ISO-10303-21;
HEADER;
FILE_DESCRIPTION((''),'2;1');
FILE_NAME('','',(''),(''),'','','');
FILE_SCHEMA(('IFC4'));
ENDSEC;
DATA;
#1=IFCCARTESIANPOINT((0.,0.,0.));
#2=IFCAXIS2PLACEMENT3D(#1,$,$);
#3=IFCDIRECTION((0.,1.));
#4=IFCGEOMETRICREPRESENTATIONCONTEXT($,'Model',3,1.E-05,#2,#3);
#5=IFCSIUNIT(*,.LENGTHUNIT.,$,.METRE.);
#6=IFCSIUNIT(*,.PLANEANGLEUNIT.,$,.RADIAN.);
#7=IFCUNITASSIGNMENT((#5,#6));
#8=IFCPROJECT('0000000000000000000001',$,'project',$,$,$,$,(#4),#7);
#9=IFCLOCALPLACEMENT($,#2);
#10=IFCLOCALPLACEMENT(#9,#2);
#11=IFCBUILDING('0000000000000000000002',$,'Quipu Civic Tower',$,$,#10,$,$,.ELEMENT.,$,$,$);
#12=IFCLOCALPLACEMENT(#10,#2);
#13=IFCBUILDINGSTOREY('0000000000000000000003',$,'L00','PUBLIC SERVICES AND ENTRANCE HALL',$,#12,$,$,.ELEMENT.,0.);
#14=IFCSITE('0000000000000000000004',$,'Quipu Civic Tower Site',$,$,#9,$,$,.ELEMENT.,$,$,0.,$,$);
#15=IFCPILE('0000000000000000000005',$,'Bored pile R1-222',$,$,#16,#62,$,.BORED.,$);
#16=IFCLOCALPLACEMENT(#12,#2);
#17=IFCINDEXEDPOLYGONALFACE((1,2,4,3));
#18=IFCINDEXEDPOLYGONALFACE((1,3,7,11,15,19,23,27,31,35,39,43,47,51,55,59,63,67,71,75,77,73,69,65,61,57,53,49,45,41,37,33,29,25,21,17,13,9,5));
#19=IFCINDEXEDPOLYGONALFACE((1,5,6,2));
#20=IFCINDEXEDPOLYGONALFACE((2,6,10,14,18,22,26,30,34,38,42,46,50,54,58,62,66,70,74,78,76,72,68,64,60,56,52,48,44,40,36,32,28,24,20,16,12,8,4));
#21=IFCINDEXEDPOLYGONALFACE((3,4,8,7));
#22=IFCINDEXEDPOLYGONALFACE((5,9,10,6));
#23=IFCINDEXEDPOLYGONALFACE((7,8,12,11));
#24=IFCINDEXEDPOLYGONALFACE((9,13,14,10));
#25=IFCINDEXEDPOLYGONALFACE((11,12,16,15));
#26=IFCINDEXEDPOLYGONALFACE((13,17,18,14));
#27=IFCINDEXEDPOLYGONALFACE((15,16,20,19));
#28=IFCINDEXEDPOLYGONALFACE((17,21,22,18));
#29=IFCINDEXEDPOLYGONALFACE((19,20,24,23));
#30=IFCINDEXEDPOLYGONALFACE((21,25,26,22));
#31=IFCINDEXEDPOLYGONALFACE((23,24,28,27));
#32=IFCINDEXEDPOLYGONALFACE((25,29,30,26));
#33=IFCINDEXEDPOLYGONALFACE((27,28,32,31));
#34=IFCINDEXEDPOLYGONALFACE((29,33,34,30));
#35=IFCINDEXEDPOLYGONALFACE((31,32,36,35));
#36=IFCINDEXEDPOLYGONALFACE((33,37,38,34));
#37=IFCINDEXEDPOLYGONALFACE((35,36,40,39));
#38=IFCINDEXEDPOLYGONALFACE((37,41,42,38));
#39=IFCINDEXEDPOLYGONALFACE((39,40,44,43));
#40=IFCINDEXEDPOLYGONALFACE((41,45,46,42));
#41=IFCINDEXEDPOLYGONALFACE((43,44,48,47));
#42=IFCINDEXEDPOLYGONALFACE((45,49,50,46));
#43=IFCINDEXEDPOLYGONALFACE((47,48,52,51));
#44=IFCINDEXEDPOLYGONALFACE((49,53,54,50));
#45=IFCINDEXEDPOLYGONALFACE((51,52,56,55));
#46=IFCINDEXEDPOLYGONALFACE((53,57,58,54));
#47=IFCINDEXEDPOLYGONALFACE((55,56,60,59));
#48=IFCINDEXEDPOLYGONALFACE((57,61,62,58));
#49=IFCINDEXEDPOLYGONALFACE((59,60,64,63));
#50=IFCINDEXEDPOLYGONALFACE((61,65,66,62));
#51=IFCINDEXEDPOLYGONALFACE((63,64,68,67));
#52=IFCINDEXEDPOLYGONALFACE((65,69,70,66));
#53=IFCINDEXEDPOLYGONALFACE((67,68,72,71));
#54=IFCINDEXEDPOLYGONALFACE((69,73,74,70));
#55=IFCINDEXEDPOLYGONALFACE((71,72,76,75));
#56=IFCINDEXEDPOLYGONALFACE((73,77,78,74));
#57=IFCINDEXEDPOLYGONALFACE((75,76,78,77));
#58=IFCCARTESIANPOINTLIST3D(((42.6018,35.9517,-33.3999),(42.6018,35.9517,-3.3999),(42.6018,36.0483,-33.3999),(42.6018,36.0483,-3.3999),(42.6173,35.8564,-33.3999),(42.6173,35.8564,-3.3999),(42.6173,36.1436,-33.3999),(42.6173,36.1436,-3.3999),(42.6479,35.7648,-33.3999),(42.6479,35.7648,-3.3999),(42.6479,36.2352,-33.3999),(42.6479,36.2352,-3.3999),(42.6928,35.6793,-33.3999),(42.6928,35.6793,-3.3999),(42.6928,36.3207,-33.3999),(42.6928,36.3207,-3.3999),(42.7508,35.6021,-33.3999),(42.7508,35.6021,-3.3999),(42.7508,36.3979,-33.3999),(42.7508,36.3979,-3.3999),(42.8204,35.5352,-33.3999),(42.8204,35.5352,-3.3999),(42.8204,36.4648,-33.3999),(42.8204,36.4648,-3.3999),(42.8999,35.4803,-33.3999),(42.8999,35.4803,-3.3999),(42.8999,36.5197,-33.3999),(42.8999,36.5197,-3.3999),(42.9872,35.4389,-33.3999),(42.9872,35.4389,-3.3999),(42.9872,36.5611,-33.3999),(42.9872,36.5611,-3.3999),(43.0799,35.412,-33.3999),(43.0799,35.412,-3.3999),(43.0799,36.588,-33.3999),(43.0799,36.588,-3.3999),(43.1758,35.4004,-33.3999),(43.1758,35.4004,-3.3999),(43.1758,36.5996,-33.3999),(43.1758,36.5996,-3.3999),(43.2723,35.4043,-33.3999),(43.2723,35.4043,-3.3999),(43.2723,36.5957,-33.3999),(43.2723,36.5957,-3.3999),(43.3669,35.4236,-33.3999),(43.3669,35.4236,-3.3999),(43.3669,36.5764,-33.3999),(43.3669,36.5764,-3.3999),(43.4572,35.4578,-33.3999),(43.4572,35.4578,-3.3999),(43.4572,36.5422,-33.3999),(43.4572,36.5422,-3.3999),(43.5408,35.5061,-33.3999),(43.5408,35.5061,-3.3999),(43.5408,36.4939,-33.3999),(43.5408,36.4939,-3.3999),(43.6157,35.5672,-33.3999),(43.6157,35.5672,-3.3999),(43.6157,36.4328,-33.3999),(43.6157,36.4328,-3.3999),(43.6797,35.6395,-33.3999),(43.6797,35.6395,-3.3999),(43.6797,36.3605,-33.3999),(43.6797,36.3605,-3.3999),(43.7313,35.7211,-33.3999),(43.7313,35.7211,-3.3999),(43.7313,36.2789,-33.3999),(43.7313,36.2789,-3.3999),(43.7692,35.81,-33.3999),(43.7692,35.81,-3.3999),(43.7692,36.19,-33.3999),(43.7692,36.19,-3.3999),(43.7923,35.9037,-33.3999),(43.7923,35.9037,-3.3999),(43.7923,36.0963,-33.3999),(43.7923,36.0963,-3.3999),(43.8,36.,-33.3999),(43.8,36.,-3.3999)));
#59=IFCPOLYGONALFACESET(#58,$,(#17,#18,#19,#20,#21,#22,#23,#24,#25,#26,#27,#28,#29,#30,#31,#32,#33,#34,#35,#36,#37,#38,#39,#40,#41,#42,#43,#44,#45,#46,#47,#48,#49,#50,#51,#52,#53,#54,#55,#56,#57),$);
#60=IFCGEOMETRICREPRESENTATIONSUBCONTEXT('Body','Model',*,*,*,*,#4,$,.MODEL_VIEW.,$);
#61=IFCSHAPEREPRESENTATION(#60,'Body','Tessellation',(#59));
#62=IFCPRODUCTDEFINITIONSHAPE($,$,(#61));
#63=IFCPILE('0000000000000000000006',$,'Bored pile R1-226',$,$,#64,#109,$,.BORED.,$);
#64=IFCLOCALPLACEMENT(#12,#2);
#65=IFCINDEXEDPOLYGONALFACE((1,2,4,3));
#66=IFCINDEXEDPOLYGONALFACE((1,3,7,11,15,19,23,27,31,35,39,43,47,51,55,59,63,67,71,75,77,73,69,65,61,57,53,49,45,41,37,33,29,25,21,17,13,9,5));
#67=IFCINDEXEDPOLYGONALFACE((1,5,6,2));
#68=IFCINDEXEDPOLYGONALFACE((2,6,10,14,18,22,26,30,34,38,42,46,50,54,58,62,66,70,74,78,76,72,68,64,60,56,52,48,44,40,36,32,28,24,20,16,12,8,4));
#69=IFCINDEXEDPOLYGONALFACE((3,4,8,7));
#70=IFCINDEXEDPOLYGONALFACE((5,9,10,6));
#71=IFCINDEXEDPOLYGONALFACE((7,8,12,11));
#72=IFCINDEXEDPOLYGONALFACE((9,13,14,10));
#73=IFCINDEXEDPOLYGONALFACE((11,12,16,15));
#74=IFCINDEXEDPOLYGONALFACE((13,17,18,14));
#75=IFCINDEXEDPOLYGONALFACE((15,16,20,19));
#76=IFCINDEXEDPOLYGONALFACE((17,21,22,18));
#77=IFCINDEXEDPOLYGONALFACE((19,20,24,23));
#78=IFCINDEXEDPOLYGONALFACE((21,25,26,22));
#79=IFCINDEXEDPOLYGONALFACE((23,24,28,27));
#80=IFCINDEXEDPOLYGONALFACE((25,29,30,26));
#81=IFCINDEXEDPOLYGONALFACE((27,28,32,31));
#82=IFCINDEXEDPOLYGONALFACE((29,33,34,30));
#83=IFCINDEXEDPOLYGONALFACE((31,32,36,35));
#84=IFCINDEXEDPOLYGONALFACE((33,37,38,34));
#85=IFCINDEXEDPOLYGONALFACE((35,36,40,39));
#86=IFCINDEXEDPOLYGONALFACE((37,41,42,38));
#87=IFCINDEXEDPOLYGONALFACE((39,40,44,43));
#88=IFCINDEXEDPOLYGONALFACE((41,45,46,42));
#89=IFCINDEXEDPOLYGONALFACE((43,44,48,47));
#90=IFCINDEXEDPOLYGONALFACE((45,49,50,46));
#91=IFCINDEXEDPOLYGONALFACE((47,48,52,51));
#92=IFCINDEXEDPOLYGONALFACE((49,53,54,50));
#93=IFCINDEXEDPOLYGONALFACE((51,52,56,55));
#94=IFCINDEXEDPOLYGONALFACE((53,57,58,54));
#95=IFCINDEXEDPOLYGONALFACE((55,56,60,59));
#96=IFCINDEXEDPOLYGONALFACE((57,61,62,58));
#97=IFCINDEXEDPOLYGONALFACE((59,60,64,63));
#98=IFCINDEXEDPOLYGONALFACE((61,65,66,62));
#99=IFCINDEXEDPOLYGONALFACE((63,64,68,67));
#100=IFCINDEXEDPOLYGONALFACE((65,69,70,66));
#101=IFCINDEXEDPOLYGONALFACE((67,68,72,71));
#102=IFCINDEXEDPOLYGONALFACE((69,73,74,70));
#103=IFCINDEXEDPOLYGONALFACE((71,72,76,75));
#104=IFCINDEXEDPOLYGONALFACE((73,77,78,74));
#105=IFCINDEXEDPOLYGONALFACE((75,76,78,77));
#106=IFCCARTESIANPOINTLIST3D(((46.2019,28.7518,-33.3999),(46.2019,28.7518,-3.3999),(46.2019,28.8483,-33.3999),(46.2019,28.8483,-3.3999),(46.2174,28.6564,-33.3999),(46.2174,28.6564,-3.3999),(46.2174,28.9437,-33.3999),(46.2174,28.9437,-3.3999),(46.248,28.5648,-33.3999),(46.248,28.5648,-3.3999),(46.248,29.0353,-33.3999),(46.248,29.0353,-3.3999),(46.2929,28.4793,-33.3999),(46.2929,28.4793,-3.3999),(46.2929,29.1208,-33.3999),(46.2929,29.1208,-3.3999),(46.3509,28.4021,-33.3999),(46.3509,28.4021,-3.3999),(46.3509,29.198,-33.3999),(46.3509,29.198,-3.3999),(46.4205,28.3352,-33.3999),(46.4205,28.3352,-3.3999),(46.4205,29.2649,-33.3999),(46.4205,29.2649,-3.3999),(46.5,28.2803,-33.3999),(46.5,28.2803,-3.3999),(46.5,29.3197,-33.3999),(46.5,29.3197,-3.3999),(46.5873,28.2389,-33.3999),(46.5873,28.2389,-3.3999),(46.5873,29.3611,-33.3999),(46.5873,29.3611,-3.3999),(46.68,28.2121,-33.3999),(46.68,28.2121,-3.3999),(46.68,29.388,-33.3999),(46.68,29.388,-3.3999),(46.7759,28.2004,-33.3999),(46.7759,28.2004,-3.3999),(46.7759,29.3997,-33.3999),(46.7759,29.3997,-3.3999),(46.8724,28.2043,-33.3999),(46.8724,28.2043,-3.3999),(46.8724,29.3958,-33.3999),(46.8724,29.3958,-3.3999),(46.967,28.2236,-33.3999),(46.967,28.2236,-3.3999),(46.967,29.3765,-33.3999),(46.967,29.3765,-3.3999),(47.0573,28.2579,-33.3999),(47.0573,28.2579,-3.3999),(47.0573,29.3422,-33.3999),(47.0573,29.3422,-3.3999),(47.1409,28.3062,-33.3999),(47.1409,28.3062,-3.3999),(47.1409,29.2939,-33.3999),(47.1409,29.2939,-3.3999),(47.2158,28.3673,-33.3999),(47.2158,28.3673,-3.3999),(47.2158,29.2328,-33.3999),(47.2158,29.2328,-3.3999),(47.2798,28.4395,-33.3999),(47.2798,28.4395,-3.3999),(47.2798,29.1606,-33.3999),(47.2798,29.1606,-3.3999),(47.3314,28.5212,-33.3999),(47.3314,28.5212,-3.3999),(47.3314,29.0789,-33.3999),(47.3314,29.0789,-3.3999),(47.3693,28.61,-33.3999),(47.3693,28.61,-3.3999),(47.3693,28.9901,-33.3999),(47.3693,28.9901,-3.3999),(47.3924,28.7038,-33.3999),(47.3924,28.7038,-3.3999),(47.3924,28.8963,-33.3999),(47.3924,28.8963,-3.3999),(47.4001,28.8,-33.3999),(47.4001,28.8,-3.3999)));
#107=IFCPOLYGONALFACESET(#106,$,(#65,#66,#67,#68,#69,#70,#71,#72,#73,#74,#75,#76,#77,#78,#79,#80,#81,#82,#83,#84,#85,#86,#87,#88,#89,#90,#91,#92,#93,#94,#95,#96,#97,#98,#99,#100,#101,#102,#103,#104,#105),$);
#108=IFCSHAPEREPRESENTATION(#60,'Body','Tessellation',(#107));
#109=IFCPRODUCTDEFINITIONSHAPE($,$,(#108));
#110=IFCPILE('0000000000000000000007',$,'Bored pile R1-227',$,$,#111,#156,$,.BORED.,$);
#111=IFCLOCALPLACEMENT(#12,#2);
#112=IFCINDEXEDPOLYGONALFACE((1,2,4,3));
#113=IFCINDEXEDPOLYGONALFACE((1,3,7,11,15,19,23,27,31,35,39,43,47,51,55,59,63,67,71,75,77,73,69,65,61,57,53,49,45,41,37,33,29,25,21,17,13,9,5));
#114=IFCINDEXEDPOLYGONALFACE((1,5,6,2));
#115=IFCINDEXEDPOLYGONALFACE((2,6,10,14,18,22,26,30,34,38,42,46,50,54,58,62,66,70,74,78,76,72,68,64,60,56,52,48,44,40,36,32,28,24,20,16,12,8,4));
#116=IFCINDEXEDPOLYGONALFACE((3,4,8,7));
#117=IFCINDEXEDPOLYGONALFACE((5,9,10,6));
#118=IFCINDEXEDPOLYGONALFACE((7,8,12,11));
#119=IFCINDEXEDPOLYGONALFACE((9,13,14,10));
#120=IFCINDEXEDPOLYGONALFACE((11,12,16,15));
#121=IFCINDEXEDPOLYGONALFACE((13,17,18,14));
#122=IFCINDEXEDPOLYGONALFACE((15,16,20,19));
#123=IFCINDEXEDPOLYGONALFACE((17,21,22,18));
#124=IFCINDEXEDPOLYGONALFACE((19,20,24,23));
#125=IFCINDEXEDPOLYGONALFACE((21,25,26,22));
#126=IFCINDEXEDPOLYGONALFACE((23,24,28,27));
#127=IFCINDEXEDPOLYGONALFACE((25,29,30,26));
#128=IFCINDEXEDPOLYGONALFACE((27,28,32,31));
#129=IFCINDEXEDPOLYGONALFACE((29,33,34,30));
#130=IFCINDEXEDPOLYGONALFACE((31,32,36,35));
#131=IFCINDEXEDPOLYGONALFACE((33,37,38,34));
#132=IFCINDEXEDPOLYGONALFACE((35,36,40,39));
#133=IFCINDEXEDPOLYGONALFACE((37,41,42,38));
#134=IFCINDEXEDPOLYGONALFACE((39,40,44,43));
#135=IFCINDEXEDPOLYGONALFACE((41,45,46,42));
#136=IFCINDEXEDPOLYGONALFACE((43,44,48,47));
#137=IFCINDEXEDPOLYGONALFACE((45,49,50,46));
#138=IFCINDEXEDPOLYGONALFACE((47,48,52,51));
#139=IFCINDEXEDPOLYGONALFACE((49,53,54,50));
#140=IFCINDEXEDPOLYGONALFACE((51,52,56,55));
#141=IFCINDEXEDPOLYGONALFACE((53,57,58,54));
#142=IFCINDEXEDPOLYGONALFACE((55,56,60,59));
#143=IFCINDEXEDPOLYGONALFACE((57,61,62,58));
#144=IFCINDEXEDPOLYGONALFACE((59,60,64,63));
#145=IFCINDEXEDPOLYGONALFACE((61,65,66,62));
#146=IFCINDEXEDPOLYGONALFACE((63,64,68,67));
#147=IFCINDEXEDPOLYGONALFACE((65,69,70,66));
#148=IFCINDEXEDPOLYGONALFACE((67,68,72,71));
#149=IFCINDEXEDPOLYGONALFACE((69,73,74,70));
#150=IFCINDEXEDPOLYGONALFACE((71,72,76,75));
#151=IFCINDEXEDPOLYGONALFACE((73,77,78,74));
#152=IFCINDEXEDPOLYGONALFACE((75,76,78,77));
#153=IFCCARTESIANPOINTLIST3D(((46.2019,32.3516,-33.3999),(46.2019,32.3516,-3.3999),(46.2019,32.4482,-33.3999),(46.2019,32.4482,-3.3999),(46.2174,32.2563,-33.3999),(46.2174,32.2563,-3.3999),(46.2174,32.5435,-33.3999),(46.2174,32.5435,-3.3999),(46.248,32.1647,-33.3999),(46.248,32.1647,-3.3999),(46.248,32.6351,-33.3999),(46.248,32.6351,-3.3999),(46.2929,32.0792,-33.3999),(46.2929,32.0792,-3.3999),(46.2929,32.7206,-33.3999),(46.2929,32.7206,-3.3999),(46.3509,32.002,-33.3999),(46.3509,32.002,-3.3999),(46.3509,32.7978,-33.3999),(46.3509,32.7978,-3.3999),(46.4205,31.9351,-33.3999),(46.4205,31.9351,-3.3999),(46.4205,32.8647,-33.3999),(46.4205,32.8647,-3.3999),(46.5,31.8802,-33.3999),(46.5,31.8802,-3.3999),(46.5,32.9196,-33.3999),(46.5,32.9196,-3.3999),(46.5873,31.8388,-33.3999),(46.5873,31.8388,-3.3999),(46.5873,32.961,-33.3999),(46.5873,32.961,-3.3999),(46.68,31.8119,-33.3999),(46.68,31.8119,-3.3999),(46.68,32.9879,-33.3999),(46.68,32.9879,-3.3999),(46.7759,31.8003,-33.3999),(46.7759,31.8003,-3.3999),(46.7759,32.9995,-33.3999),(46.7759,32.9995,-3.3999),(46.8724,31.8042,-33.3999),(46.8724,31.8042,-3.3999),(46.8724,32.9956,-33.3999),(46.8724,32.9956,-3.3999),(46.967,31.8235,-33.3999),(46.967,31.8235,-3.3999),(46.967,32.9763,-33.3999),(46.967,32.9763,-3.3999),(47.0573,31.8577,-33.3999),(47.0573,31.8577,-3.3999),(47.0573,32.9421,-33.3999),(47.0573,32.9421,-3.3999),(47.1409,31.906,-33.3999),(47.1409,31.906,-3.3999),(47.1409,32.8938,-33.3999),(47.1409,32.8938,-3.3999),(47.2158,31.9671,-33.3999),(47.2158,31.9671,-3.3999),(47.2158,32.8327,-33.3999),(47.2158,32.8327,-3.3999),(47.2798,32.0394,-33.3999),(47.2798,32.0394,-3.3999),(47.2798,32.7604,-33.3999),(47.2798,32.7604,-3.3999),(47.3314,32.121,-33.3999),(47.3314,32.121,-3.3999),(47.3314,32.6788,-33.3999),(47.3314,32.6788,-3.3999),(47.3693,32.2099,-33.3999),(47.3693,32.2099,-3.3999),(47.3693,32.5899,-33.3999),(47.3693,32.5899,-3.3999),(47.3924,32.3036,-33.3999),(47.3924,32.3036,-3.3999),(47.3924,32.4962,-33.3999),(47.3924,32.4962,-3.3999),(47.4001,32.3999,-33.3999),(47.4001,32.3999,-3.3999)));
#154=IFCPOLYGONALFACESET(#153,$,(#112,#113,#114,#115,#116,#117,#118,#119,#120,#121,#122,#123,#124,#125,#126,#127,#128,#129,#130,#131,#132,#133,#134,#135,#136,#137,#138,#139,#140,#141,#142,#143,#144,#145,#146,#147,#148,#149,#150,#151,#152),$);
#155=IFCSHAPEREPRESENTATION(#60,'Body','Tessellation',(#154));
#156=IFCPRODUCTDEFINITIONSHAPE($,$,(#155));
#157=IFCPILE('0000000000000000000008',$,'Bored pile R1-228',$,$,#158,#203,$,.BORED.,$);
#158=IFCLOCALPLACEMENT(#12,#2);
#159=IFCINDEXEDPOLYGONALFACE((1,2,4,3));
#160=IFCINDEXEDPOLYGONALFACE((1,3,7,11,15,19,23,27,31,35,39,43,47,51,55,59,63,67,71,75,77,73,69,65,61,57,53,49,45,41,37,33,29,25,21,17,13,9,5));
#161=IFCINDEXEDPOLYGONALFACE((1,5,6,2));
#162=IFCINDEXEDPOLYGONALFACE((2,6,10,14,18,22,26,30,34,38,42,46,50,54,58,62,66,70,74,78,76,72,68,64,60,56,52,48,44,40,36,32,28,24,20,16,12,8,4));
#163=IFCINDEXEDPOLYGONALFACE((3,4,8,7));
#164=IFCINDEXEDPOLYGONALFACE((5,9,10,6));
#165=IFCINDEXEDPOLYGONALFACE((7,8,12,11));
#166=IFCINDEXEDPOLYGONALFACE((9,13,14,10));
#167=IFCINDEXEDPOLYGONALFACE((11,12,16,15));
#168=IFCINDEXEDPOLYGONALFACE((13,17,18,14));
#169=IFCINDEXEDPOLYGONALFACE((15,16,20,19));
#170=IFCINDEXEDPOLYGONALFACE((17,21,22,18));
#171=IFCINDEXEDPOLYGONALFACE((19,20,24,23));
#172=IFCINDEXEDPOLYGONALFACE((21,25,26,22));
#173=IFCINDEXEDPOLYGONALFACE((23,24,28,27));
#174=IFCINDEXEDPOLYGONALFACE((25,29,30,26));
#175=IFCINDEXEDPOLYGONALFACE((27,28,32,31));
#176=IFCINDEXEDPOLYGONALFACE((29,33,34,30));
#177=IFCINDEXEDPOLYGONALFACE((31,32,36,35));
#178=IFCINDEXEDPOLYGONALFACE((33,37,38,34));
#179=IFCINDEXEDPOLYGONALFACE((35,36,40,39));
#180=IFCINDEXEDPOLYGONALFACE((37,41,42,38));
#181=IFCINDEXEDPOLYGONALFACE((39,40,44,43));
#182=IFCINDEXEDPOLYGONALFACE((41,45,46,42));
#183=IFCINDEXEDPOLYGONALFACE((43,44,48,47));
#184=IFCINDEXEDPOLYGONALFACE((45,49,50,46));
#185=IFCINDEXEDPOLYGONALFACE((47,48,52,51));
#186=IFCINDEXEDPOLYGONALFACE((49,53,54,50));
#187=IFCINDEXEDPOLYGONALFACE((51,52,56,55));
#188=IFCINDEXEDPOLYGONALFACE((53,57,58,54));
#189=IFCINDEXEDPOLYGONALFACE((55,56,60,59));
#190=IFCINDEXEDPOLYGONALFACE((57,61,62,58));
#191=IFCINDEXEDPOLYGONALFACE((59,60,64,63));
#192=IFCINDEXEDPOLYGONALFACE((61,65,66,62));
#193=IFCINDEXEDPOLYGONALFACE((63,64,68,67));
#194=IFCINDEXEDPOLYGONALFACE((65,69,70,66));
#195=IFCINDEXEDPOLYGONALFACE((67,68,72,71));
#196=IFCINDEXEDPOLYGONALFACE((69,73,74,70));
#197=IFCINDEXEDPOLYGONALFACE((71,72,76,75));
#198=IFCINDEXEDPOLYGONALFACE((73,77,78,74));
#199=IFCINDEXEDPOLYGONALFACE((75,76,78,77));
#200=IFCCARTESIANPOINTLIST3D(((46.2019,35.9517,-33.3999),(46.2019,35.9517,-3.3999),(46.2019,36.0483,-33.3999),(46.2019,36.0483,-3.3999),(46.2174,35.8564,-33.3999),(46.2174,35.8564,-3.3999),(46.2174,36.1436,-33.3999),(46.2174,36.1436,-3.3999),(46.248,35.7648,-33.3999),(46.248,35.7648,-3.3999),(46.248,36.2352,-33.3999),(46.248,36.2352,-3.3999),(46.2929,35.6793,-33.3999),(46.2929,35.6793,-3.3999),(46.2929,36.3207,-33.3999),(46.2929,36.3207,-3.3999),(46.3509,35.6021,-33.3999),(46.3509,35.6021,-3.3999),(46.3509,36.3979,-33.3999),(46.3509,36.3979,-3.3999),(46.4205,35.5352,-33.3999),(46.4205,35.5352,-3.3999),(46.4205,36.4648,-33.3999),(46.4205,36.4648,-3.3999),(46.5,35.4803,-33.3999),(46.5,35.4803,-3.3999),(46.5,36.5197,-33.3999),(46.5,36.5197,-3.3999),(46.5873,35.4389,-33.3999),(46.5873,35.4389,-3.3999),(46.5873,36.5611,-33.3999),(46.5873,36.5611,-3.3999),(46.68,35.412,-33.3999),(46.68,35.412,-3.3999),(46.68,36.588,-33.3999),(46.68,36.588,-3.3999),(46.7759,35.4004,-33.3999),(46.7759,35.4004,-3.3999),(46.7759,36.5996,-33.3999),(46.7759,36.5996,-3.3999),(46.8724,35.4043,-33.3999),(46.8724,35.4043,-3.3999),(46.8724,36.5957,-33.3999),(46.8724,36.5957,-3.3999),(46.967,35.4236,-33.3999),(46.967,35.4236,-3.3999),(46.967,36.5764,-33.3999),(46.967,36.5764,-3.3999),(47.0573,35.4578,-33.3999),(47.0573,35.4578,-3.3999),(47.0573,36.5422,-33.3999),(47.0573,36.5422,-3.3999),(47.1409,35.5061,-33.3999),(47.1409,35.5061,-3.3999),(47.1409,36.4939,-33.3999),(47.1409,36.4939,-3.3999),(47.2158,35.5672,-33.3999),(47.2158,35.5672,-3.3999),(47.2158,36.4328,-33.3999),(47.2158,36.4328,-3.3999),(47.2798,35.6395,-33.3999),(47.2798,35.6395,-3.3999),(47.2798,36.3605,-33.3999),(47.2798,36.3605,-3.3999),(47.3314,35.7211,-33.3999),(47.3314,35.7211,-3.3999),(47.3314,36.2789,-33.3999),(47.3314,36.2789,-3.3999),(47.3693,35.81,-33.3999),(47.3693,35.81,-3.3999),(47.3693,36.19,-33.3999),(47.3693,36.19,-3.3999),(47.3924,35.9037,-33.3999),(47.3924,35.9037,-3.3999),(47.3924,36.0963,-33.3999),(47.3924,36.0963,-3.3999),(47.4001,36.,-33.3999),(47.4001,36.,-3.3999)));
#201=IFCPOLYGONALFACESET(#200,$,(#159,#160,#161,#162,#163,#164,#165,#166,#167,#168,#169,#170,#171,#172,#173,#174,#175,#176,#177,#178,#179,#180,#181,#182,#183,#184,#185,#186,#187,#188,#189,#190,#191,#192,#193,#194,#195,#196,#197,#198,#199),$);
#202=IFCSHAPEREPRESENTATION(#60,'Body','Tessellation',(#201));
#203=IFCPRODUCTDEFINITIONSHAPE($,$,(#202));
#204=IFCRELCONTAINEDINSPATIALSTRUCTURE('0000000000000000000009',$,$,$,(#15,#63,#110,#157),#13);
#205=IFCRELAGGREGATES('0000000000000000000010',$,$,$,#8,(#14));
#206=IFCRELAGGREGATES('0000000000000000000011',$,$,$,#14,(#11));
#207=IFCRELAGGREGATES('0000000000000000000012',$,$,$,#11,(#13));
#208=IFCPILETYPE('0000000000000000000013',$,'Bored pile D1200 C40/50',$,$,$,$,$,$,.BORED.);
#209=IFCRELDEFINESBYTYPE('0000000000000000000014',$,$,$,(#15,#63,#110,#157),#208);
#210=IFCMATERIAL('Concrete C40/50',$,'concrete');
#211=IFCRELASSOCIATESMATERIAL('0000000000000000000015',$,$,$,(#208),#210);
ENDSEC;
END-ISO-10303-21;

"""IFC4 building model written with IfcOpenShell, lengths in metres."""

from ifc_helpers import new_model, si_unit, direction, frame, origin, origin_2d, place, context, subcontext, project, spatial, circle, extrude, material, material_profile, profile_set, type_object, element, save


model = new_model("IFC4")

# Units and contexts
model_context = context("Model", 3, precision=1e-05, world=origin(), true_north=direction((0.0, 1.0)))
body_context = subcontext(model_context, "Body", "Model", "MODEL_VIEW")
ifc_project = project(units=[si_unit("LENGTHUNIT", "METRE"), si_unit("PLANEANGLEUNIT", "RADIAN")], contexts=[model_context])

# Site, building, storey
site_placement = place(None, origin())
site = spatial("IfcSite", under=ifc_project, at=site_placement, Name="Quipu Civic Tower Site", CompositionType="ELEMENT", RefElevation=0.0)
building_placement = place(site_placement, origin())
building = spatial("IfcBuilding", under=site, at=building_placement, Name="Quipu Civic Tower", CompositionType="ELEMENT")
storey_placement = place(building_placement, origin())
storey = spatial("IfcBuildingStorey", under=building, at=storey_placement, Name="L00", Description="PUBLIC SERVICES AND ENTRANCE HALL", CompositionType="ELEMENT", Elevation=0.0)

# Piles
ifc_material_1 = material(Name="Concrete C40/50", Category="concrete")
ifc_material_profile = material_profile(ifc_material_1, circle(Radius=0.6001, at=origin_2d()), Name="RCD1200")
ifc_profile_set = profile_set([ifc_material_profile], Name="Concrete C40/50")
pile_type = type_object("IfcPileType", Name="Bored pile D1200 C40/50", PredefinedType="BORED", material=ifc_profile_set)
for number, where, z_axis, x_axis, name in (
    (1, (43.2, 36.0, -3.3999), (0.0, 0.0, -1.0), (1.0, 0.0, 0.0), "Bored pile R1-222"),
    (2, (46.8, 28.8, -3.3999), (0.0, 0.0, -1.0), (1.0, 0.0, 0.0), "Bored pile R1-226"),
    (3, (46.8, 32.3999, -3.3999), (0.0, 0.0, -1.0), (1.0, 0.0, 0.0), "Bored pile R1-227"),
    (4, (46.8, 36.0, -3.3999), (0.0, 0.0, -1.0), (1.0, 0.0, 0.0), "Bored pile R1-228"),
):
    element("IfcPile", number, at=place(storey_placement, frame(where, z_axis=z_axis, x_axis=x_axis)), inside=storey, type_object=pile_type, Name=name, PredefinedType="BORED", context=body_context, shape_type="SweptSolid", body=[
        extrude(circle(Radius=0.6001, at=origin_2d()), origin(), (0.0, 0.0, 1.0), 30.0),
    ])

save(model, "model.ifc")
